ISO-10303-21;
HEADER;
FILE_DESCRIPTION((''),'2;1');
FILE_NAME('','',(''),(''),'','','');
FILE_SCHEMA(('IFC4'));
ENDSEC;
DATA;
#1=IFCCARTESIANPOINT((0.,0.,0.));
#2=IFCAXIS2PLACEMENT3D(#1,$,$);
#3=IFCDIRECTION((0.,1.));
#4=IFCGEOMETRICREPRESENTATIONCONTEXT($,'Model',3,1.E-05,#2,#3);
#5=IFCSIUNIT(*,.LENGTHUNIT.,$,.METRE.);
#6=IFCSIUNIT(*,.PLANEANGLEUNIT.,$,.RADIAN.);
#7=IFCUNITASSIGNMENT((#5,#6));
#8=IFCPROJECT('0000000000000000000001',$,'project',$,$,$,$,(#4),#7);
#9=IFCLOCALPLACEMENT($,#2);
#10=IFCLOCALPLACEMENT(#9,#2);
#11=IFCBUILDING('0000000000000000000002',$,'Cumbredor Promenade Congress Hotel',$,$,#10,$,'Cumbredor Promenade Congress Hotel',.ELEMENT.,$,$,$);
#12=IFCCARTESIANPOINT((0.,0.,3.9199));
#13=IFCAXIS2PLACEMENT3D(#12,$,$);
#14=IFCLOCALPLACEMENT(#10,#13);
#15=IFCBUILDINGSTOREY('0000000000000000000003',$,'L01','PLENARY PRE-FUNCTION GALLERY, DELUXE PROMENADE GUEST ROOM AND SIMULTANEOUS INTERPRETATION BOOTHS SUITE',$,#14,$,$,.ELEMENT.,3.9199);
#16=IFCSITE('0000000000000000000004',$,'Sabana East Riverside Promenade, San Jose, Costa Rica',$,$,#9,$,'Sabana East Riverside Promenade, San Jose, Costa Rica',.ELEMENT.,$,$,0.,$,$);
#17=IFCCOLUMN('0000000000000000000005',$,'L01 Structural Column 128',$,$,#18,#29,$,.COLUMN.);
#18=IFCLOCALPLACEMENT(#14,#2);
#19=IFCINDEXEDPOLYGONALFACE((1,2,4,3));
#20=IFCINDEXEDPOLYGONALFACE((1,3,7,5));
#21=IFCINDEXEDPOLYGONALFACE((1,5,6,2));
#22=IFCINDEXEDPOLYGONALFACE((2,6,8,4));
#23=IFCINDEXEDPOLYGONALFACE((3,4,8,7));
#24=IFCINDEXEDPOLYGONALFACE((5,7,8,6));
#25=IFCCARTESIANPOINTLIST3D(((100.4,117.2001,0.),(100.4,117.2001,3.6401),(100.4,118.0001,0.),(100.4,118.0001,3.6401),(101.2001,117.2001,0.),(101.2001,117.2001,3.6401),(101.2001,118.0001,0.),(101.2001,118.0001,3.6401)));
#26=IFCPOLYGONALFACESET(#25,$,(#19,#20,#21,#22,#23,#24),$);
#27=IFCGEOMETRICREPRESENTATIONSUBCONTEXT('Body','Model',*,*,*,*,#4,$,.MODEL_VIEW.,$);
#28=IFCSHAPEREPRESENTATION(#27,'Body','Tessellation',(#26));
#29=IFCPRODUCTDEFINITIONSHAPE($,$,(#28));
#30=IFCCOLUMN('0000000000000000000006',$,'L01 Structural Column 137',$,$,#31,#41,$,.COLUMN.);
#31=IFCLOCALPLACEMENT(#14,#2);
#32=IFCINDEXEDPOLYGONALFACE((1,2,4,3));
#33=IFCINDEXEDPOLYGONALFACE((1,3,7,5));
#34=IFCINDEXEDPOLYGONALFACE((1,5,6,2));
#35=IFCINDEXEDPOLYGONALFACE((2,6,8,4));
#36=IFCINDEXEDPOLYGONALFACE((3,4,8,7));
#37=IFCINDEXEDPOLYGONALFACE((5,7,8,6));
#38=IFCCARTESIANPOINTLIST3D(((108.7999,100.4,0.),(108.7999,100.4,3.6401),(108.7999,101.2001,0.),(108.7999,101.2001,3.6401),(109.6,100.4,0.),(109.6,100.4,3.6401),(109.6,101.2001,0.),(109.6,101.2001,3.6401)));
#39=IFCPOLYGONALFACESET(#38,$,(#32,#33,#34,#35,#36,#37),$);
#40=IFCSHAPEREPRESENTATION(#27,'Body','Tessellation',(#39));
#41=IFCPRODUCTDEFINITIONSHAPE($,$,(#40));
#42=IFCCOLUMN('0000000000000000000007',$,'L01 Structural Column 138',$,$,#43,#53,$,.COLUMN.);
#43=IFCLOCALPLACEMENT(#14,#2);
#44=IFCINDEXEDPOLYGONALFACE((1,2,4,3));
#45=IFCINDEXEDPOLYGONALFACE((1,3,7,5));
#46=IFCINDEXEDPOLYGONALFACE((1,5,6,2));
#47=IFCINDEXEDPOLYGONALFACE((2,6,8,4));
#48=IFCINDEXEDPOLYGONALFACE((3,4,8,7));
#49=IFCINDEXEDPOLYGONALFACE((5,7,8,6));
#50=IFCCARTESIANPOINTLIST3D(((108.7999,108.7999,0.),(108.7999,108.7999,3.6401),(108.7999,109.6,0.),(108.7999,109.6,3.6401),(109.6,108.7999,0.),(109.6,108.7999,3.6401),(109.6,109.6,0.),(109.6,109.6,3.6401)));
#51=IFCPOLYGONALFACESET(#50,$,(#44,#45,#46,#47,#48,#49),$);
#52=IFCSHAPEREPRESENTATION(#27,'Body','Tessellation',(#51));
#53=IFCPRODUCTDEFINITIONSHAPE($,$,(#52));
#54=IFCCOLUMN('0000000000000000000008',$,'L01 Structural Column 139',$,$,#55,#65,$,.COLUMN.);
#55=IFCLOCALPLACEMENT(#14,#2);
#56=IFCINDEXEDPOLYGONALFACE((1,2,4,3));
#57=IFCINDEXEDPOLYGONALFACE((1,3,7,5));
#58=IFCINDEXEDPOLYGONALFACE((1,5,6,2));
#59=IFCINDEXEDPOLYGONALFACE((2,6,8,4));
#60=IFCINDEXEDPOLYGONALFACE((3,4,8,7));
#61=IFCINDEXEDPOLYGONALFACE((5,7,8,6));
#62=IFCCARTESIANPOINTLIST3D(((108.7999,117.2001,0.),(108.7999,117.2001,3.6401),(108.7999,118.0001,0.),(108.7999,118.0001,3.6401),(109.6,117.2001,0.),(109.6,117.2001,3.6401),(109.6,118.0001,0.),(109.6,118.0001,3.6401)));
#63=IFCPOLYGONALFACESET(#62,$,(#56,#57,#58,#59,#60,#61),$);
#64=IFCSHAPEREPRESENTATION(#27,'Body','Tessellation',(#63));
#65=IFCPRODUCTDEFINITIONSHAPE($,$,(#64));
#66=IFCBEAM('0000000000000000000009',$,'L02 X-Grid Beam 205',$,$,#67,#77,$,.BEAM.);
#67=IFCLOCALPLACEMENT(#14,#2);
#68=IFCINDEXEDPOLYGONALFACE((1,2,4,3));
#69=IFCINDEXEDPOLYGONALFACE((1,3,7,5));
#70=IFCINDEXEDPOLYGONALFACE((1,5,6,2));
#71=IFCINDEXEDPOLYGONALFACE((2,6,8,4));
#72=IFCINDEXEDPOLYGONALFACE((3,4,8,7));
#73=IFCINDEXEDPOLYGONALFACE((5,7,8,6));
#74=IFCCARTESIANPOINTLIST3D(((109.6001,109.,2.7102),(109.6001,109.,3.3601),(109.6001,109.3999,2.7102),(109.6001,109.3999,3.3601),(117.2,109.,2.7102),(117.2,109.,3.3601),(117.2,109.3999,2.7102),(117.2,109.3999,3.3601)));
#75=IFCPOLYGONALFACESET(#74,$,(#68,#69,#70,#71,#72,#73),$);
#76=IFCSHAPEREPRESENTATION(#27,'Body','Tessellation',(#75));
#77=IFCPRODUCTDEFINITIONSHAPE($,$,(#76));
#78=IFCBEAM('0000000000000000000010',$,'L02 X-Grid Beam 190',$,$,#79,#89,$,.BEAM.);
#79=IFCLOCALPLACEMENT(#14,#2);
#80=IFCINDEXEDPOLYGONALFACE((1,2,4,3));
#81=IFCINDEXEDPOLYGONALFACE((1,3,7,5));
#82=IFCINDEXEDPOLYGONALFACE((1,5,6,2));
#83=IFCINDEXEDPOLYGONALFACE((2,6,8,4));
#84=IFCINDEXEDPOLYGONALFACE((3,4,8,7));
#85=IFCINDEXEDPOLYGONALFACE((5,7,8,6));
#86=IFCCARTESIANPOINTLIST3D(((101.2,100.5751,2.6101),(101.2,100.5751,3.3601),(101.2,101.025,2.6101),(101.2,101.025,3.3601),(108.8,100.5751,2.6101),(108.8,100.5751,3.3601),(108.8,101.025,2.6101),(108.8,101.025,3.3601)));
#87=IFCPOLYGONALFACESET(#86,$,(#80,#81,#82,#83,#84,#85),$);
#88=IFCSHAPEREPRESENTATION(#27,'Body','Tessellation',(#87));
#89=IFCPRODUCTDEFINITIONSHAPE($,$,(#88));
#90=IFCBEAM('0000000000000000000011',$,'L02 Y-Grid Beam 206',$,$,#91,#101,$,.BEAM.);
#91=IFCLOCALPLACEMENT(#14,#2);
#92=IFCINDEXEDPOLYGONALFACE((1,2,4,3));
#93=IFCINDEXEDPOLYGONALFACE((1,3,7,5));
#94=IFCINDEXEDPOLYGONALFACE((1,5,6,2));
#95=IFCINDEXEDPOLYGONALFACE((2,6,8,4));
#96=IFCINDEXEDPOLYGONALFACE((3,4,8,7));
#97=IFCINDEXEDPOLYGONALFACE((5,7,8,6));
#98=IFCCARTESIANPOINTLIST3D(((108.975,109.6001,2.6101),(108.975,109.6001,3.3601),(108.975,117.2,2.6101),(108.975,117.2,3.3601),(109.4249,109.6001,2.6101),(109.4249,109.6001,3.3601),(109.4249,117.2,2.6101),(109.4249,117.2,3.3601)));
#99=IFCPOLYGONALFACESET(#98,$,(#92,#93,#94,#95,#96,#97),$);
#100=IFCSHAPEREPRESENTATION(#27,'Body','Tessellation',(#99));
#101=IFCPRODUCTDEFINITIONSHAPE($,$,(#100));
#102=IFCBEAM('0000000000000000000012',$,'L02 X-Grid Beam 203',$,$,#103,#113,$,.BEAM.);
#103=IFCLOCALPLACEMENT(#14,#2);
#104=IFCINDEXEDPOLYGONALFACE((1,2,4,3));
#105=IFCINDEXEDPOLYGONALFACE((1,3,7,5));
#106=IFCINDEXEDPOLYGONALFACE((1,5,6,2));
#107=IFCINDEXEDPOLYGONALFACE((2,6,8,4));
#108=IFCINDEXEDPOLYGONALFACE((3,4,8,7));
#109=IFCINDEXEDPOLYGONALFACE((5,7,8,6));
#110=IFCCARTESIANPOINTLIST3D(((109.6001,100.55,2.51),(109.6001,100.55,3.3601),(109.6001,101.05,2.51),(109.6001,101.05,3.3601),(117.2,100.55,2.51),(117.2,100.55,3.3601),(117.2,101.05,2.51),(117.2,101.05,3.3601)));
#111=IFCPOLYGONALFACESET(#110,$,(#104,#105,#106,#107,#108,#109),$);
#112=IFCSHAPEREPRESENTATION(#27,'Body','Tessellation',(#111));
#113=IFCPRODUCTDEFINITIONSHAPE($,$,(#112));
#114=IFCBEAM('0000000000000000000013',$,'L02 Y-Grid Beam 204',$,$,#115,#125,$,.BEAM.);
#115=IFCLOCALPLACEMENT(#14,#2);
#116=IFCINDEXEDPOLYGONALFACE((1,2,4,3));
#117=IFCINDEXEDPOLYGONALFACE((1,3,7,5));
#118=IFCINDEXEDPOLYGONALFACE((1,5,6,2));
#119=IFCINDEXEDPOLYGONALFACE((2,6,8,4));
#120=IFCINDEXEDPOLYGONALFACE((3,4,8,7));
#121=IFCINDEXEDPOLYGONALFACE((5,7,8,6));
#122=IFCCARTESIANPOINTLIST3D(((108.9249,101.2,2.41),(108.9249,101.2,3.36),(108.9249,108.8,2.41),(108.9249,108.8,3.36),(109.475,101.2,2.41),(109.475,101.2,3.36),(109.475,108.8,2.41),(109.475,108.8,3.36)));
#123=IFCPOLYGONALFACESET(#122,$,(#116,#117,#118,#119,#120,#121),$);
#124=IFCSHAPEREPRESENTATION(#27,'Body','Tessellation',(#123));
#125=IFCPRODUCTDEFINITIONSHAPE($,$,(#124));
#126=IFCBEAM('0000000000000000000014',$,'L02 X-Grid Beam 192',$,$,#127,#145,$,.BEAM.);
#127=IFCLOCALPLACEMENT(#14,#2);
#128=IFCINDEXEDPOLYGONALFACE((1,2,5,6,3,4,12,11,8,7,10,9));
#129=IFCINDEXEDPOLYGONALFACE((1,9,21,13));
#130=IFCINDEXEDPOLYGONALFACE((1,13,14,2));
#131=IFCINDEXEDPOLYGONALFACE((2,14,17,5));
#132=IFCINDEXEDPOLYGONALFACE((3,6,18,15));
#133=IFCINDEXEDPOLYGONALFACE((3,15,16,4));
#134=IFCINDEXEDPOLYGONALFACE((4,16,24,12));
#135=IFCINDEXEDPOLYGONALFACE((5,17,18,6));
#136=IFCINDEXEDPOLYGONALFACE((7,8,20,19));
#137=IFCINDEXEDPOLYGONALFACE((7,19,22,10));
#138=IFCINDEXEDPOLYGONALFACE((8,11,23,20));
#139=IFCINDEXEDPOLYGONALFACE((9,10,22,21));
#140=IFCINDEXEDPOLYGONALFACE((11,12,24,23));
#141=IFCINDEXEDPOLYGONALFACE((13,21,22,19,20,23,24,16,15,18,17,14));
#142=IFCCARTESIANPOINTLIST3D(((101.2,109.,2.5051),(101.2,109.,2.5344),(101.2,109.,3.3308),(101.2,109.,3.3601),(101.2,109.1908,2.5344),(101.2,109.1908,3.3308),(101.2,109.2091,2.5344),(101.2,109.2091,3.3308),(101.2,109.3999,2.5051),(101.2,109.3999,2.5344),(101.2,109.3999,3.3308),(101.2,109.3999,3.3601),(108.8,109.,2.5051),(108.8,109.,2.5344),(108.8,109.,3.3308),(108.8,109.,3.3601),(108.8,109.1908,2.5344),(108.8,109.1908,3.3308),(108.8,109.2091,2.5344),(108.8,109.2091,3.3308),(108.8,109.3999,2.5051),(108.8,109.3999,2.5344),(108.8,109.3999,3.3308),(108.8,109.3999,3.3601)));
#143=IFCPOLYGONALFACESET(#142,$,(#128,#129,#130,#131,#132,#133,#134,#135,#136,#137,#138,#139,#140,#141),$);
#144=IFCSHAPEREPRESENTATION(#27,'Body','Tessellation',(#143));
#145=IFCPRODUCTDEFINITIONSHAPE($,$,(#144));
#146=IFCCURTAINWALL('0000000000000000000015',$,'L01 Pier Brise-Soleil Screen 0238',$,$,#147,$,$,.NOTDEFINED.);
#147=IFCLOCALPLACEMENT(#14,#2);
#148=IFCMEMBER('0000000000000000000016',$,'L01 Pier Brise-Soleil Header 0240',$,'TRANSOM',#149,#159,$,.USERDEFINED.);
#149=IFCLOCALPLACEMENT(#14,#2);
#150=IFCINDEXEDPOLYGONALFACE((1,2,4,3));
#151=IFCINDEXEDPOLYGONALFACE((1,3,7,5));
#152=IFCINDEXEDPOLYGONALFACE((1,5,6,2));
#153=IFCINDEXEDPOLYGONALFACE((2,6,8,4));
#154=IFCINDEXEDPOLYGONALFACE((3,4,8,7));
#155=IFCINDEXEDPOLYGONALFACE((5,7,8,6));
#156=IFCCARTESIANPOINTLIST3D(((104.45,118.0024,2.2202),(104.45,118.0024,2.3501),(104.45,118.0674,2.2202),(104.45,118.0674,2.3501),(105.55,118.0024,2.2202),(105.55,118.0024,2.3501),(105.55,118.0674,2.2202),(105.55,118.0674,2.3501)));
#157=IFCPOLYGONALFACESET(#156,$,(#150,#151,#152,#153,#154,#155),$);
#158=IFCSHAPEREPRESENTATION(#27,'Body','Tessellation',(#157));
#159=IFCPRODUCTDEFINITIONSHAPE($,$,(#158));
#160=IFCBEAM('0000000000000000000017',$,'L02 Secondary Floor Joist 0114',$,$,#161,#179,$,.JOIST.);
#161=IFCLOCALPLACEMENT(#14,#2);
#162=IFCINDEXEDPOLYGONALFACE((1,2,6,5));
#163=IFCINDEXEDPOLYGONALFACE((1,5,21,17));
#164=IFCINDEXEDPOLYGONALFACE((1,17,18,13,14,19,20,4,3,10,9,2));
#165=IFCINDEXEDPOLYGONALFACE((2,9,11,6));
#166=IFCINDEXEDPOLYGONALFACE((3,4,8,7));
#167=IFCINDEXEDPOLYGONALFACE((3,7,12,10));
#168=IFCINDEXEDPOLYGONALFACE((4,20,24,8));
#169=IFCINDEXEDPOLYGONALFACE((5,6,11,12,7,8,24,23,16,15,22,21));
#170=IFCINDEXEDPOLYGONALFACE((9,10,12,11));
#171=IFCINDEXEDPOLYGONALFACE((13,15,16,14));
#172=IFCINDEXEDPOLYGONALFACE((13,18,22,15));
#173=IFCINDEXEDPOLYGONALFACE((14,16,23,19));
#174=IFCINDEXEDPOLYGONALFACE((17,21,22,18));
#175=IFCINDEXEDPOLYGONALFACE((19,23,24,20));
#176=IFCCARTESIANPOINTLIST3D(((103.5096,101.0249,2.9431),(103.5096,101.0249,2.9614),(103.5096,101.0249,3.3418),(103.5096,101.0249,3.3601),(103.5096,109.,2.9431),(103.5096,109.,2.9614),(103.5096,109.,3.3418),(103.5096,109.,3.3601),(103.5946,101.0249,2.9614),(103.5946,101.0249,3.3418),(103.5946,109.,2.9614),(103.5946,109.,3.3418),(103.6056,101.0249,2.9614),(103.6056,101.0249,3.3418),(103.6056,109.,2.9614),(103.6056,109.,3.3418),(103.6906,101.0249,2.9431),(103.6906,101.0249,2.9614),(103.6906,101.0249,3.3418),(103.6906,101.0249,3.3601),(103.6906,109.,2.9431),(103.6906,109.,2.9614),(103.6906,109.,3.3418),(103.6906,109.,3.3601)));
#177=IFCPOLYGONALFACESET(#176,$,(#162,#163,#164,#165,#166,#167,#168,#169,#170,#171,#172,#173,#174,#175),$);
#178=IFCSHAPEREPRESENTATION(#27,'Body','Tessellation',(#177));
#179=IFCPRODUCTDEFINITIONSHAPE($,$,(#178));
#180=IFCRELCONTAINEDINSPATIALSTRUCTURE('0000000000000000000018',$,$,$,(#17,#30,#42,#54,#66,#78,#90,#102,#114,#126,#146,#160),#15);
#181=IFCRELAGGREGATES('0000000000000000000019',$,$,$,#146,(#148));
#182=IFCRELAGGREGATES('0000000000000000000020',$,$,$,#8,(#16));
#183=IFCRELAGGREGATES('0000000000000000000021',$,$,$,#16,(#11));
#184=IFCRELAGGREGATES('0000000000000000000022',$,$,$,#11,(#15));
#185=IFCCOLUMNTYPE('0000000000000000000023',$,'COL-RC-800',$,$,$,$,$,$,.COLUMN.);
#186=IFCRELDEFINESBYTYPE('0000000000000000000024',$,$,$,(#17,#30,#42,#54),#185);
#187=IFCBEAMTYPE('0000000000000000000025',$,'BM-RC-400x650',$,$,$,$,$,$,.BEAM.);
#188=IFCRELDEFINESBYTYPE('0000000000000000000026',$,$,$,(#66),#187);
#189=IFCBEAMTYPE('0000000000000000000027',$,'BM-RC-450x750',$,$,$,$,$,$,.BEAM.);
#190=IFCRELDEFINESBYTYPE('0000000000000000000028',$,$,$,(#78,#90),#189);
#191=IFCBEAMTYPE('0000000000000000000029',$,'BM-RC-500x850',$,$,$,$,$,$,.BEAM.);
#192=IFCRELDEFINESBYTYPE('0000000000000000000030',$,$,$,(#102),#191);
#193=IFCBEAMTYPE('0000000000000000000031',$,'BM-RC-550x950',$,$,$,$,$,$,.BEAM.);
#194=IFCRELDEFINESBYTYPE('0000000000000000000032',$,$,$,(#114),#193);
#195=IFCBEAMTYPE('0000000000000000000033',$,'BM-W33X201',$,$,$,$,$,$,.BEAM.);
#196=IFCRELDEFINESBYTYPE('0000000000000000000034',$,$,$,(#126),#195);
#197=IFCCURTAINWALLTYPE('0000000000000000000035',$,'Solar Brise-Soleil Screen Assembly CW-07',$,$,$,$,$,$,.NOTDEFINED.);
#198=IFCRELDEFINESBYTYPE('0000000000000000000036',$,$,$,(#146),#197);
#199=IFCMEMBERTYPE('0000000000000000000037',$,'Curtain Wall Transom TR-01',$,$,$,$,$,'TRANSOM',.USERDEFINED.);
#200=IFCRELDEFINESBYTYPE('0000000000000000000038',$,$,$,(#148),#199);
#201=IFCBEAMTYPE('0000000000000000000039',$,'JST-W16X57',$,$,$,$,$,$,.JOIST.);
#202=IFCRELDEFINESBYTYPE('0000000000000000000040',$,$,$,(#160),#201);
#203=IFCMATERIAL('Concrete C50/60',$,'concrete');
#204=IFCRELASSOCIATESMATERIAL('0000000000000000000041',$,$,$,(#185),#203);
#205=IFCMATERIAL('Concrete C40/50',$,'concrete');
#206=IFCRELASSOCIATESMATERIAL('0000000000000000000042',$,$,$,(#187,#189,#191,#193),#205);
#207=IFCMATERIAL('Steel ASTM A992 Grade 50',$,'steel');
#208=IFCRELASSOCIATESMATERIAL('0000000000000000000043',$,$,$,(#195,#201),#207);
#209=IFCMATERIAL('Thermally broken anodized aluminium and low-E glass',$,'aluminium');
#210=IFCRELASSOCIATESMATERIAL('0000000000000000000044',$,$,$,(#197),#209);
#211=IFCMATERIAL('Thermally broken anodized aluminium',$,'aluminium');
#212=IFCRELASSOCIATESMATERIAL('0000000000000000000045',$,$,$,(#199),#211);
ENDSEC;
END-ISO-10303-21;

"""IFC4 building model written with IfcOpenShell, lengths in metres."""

from ifc_helpers import new_model, si_unit, direction, frame, origin, origin_2d, place, context, subcontext, project, spatial, rectangle, i_section, extrude, material, material_profile, profile_set, type_object, element, aggregate, save


model = new_model("IFC4")

# Units and contexts
model_context = context("Model", 3, precision=1e-05, world=origin(), true_north=direction((0.0, 1.0)))
body_context = subcontext(model_context, "Body", "Model", "MODEL_VIEW")
ifc_project = project(units=[si_unit("LENGTHUNIT", "METRE"), si_unit("PLANEANGLEUNIT", "RADIAN")], contexts=[model_context])

# Site, building, storey
site_placement = place(None, origin())
site = spatial("IfcSite", under=ifc_project, at=site_placement, Name="Sabana East Riverside Promenade, San Jose, Costa Rica", LongName="Sabana East Riverside Promenade, San Jose, Costa Rica", CompositionType="ELEMENT", RefElevation=0.0)
building_placement = place(site_placement, origin())
building = spatial("IfcBuilding", under=site, at=building_placement, Name="Cumbredor Promenade Congress Hotel", LongName="Cumbredor Promenade Congress Hotel", CompositionType="ELEMENT")
storey_placement = place(building_placement, frame((0.0, 0.0, 3.9199)))
storey = spatial("IfcBuildingStorey", under=building, at=storey_placement, Name="L01", Description="PLENARY PRE-FUNCTION GALLERY, DELUXE PROMENADE GUEST ROOM AND SIMULTANEOUS INTERPRETATION BOOTHS SUITE", CompositionType="ELEMENT", Elevation=3.9199)

# Columns
ifc_material_1 = material(Name="Concrete C50/60", Category="concrete")
ifc_material_profile_1 = material_profile(ifc_material_1, rectangle(XDim=0.8, YDim=0.8, at=origin_2d()), Name="RC 800x800")
ifc_profile_set_1 = profile_set([ifc_material_profile_1], Name="Concrete C50/60")
column_type = type_object("IfcColumnType", Name="COL-RC-800", PredefinedType="COLUMN", material=ifc_profile_set_1)
for number, where, z_axis, x_axis, name in (
    (1, (100.8, 117.6001, 0.0), (0.0, 0.0, 1.0), (1.0, 0.0, 0.0), "L01 Structural Column 128"),
    (2, (109.2, 100.8, 0.0), (0.0, 0.0, 1.0), (1.0, 0.0, 0.0), "L01 Structural Column 137"),
    (3, (109.2, 109.2, 0.0), (0.0, 0.0, 1.0), (1.0, 0.0, 0.0), "L01 Structural Column 138"),
    (4, (109.2, 117.6001, 0.0), (0.0, 0.0, 1.0), (1.0, 0.0, 0.0), "L01 Structural Column 139"),
):
    element("IfcColumn", number, at=place(storey_placement, frame(where, z_axis=z_axis, x_axis=x_axis)), inside=storey, type_object=column_type, Name=name, PredefinedType="COLUMN", context=body_context, shape_type="SweptSolid", body=[
        extrude(rectangle(XDim=0.8, YDim=0.8, at=origin_2d()), origin(), (0.0, 0.0, 1.0), 3.6401),
    ])

# Beams
ifc_material_2 = material(Name="Concrete C40/50", Category="concrete")
ifc_material_profile_2 = material_profile(ifc_material_2, rectangle(XDim=0.3999, YDim=0.6499, at=origin_2d()), Name="RC BEAM 400x650")
ifc_profile_set_2 = profile_set([ifc_material_profile_2], Name="Concrete C40/50")
beam_type_1 = type_object("IfcBeamType", Name="BM-RC-400x650", PredefinedType="BEAM", material=ifc_profile_set_2)
beam_1_placement = place(storey_placement, frame((109.6001, 109.2, 3.0352), z_axis=(1.0, 0.0, 0.0), x_axis=(0.0, 1.0, 0.0)))
element("IfcBeam", 5, at=beam_1_placement, inside=storey, type_object=beam_type_1, Name="L02 X-Grid Beam 205", PredefinedType="BEAM", context=body_context, shape_type="SweptSolid", body=[
    extrude(rectangle(XDim=0.3999, YDim=0.6499, at=origin_2d()), origin(), (0.0, 0.0, 1.0), 7.5999),
])
ifc_material_profile_3 = material_profile(ifc_material_2, rectangle(XDim=0.45, YDim=0.75, at=origin_2d()), Name="RC BEAM 450x750")
ifc_profile_set_3 = profile_set([ifc_material_profile_3], Name="Concrete C40/50")
beam_type_2 = type_object("IfcBeamType", Name="BM-RC-450x750", PredefinedType="BEAM", material=ifc_profile_set_3)
beam_2_placement = place(storey_placement, frame((101.2, 100.8, 2.9851), z_axis=(1.0, 0.0, 0.0), x_axis=(0.0, 1.0, 0.0)))
element("IfcBeam", 6, at=beam_2_placement, inside=storey, type_object=beam_type_2, Name="L02 X-Grid Beam 190", PredefinedType="BEAM", context=body_context, shape_type="SweptSolid", body=[
    extrude(rectangle(XDim=0.45, YDim=0.75, at=origin_2d()), origin(), (0.0, 0.0, 1.0), 7.6001),
])
beam_3_placement = place(storey_placement, frame((109.2, 109.6001, 2.9851), z_axis=(0.0, 1.0, 0.0), x_axis=(-1.0, 0.0, 0.0)))
element("IfcBeam", 7, at=beam_3_placement, inside=storey, type_object=beam_type_2, Name="L02 Y-Grid Beam 206", PredefinedType="BEAM", context=body_context, shape_type="SweptSolid", body=[
    extrude(rectangle(XDim=0.45, YDim=0.75, at=origin_2d()), origin(), (0.0, 0.0, 1.0), 7.5999),
])
ifc_material_profile_4 = material_profile(ifc_material_2, rectangle(XDim=0.5, YDim=0.8501, at=origin_2d()), Name="RC BEAM 500x850")
ifc_profile_set_4 = profile_set([ifc_material_profile_4], Name="Concrete C40/50")
beam_type_3 = type_object("IfcBeamType", Name="BM-RC-500x850", PredefinedType="BEAM", material=ifc_profile_set_4)
beam_4_placement = place(storey_placement, frame((109.6001, 100.8, 2.9351), z_axis=(1.0, 0.0, 0.0), x_axis=(0.0, 1.0, 0.0)))
element("IfcBeam", 8, at=beam_4_placement, inside=storey, type_object=beam_type_3, Name="L02 X-Grid Beam 203", PredefinedType="BEAM", context=body_context, shape_type="SweptSolid", body=[
    extrude(rectangle(XDim=0.5, YDim=0.8501, at=origin_2d()), origin(), (0.0, 0.0, 1.0), 7.5999),
])
ifc_material_profile_5 = material_profile(ifc_material_2, rectangle(XDim=0.55, YDim=0.95, at=origin_2d()), Name="RC BEAM 550x950")
ifc_profile_set_5 = profile_set([ifc_material_profile_5], Name="Concrete C40/50")
beam_type_4 = type_object("IfcBeamType", Name="BM-RC-550x950", PredefinedType="BEAM", material=ifc_profile_set_5)
beam_5_placement = place(storey_placement, frame((109.2, 101.2, 2.885), z_axis=(0.0, 1.0, 0.0), x_axis=(-1.0, 0.0, 0.0)))
element("IfcBeam", 9, at=beam_5_placement, inside=storey, type_object=beam_type_4, Name="L02 Y-Grid Beam 204", PredefinedType="BEAM", context=body_context, shape_type="SweptSolid", body=[
    extrude(rectangle(XDim=0.55, YDim=0.95, at=origin_2d()), origin(), (0.0, 0.0, 1.0), 7.6001),
])
ifc_material_3 = material(Name="Steel ASTM A992 Grade 50", Category="steel")
ifc_material_profile_6 = material_profile(ifc_material_3, i_section(OverallWidth=0.3999, OverallDepth=0.855, WebThickness=0.0183, FlangeThickness=0.0293, at=origin_2d()), Name="W33X201")
ifc_profile_set_6 = profile_set([ifc_material_profile_6], Name="Steel ASTM A992 Grade 50")
beam_type_5 = type_object("IfcBeamType", Name="BM-W33X201", PredefinedType="BEAM", material=ifc_profile_set_6)
beam_6_placement = place(storey_placement, frame((101.2, 109.2, 2.9326), z_axis=(1.0, 0.0, 0.0), x_axis=(0.0, 1.0, 0.0)))
element("IfcBeam", 10, at=beam_6_placement, inside=storey, type_object=beam_type_5, Name="L02 X-Grid Beam 192", PredefinedType="BEAM", context=body_context, shape_type="SweptSolid", body=[
    extrude(i_section(OverallWidth=0.3999, OverallDepth=0.855, WebThickness=0.0183, FlangeThickness=0.0293, at=origin_2d()), origin(), (0.0, 0.0, 1.0), 7.6001),
])

# Curtain wall, member
ifc_material_4 = material(Name="Thermally broken anodized aluminium and low-E glass", Category="aluminium")
curtain_wall_type = type_object("IfcCurtainWallType", Name="Solar Brise-Soleil Screen Assembly CW-07", PredefinedType="NOTDEFINED", material=ifc_material_4)
curtain_wall_placement = place(storey_placement, origin())
curtain_wall = element("IfcCurtainWall", 11, at=curtain_wall_placement, inside=storey, type_object=curtain_wall_type, Name="L01 Pier Brise-Soleil Screen 0238", PredefinedType="NOTDEFINED")
ifc_material_5 = material(Name="Thermally broken anodized aluminium", Category="aluminium")
ifc_material_profile_7 = material_profile(ifc_material_5, rectangle(XDim=0.0649, YDim=0.1299, at=origin_2d()), Name="ALU TRANSOM 65x130")
ifc_profile_set_7 = profile_set([ifc_material_profile_7], Name="Thermally broken anodized aluminium")
member_type_1 = type_object("IfcMemberType", Name="Curtain Wall Transom TR-01", ElementType="TRANSOM", PredefinedType="USERDEFINED", material=ifc_profile_set_7)
member_1_placement = place(storey_placement, frame((104.45, 118.0349, 2.2852), z_axis=(1.0, 0.0, 0.0), x_axis=(0.0, 1.0, 0.0)))
member_1 = element("IfcMember", 12, at=member_1_placement, type_object=member_type_1, Name="L01 Pier Brise-Soleil Header 0240", ObjectType="TRANSOM", PredefinedType="USERDEFINED", context=body_context, shape_type="SweptSolid", body=[
    extrude(rectangle(XDim=0.0649, YDim=0.1299, at=origin_2d()), origin(), (0.0, 0.0, 1.0), 1.1001),
])

# Beam
ifc_material_profile_8 = material_profile(ifc_material_3, i_section(OverallWidth=0.1809, OverallDepth=0.417, WebThickness=0.011, FlangeThickness=0.0183, at=origin_2d()), Name="W16X57")
ifc_profile_set_8 = profile_set([ifc_material_profile_8], Name="Steel ASTM A992 Grade 50")
beam_type_6 = type_object("IfcBeamType", Name="JST-W16X57", PredefinedType="JOIST", material=ifc_profile_set_8)
for number, where, z_axis, x_axis, name in (
    (13, (103.6001, 101.0249, 3.1516), (0.0, 1.0, 0.0), (-1.0, 0.0, 0.0), "L02 Secondary Floor Joist 0114"),
):
    element("IfcBeam", number, at=place(storey_placement, frame(where, z_axis=z_axis, x_axis=x_axis)), inside=storey, type_object=beam_type_6, Name=name, PredefinedType="JOIST", context=body_context, shape_type="SweptSolid", body=[
        extrude(i_section(OverallWidth=0.1809, OverallDepth=0.417, WebThickness=0.011, FlangeThickness=0.0183, at=origin_2d()), origin(), (0.0, 0.0, 1.0), 7.9751),
    ])

aggregate(curtain_wall, [member_1])

save(model, "model.ifc")
